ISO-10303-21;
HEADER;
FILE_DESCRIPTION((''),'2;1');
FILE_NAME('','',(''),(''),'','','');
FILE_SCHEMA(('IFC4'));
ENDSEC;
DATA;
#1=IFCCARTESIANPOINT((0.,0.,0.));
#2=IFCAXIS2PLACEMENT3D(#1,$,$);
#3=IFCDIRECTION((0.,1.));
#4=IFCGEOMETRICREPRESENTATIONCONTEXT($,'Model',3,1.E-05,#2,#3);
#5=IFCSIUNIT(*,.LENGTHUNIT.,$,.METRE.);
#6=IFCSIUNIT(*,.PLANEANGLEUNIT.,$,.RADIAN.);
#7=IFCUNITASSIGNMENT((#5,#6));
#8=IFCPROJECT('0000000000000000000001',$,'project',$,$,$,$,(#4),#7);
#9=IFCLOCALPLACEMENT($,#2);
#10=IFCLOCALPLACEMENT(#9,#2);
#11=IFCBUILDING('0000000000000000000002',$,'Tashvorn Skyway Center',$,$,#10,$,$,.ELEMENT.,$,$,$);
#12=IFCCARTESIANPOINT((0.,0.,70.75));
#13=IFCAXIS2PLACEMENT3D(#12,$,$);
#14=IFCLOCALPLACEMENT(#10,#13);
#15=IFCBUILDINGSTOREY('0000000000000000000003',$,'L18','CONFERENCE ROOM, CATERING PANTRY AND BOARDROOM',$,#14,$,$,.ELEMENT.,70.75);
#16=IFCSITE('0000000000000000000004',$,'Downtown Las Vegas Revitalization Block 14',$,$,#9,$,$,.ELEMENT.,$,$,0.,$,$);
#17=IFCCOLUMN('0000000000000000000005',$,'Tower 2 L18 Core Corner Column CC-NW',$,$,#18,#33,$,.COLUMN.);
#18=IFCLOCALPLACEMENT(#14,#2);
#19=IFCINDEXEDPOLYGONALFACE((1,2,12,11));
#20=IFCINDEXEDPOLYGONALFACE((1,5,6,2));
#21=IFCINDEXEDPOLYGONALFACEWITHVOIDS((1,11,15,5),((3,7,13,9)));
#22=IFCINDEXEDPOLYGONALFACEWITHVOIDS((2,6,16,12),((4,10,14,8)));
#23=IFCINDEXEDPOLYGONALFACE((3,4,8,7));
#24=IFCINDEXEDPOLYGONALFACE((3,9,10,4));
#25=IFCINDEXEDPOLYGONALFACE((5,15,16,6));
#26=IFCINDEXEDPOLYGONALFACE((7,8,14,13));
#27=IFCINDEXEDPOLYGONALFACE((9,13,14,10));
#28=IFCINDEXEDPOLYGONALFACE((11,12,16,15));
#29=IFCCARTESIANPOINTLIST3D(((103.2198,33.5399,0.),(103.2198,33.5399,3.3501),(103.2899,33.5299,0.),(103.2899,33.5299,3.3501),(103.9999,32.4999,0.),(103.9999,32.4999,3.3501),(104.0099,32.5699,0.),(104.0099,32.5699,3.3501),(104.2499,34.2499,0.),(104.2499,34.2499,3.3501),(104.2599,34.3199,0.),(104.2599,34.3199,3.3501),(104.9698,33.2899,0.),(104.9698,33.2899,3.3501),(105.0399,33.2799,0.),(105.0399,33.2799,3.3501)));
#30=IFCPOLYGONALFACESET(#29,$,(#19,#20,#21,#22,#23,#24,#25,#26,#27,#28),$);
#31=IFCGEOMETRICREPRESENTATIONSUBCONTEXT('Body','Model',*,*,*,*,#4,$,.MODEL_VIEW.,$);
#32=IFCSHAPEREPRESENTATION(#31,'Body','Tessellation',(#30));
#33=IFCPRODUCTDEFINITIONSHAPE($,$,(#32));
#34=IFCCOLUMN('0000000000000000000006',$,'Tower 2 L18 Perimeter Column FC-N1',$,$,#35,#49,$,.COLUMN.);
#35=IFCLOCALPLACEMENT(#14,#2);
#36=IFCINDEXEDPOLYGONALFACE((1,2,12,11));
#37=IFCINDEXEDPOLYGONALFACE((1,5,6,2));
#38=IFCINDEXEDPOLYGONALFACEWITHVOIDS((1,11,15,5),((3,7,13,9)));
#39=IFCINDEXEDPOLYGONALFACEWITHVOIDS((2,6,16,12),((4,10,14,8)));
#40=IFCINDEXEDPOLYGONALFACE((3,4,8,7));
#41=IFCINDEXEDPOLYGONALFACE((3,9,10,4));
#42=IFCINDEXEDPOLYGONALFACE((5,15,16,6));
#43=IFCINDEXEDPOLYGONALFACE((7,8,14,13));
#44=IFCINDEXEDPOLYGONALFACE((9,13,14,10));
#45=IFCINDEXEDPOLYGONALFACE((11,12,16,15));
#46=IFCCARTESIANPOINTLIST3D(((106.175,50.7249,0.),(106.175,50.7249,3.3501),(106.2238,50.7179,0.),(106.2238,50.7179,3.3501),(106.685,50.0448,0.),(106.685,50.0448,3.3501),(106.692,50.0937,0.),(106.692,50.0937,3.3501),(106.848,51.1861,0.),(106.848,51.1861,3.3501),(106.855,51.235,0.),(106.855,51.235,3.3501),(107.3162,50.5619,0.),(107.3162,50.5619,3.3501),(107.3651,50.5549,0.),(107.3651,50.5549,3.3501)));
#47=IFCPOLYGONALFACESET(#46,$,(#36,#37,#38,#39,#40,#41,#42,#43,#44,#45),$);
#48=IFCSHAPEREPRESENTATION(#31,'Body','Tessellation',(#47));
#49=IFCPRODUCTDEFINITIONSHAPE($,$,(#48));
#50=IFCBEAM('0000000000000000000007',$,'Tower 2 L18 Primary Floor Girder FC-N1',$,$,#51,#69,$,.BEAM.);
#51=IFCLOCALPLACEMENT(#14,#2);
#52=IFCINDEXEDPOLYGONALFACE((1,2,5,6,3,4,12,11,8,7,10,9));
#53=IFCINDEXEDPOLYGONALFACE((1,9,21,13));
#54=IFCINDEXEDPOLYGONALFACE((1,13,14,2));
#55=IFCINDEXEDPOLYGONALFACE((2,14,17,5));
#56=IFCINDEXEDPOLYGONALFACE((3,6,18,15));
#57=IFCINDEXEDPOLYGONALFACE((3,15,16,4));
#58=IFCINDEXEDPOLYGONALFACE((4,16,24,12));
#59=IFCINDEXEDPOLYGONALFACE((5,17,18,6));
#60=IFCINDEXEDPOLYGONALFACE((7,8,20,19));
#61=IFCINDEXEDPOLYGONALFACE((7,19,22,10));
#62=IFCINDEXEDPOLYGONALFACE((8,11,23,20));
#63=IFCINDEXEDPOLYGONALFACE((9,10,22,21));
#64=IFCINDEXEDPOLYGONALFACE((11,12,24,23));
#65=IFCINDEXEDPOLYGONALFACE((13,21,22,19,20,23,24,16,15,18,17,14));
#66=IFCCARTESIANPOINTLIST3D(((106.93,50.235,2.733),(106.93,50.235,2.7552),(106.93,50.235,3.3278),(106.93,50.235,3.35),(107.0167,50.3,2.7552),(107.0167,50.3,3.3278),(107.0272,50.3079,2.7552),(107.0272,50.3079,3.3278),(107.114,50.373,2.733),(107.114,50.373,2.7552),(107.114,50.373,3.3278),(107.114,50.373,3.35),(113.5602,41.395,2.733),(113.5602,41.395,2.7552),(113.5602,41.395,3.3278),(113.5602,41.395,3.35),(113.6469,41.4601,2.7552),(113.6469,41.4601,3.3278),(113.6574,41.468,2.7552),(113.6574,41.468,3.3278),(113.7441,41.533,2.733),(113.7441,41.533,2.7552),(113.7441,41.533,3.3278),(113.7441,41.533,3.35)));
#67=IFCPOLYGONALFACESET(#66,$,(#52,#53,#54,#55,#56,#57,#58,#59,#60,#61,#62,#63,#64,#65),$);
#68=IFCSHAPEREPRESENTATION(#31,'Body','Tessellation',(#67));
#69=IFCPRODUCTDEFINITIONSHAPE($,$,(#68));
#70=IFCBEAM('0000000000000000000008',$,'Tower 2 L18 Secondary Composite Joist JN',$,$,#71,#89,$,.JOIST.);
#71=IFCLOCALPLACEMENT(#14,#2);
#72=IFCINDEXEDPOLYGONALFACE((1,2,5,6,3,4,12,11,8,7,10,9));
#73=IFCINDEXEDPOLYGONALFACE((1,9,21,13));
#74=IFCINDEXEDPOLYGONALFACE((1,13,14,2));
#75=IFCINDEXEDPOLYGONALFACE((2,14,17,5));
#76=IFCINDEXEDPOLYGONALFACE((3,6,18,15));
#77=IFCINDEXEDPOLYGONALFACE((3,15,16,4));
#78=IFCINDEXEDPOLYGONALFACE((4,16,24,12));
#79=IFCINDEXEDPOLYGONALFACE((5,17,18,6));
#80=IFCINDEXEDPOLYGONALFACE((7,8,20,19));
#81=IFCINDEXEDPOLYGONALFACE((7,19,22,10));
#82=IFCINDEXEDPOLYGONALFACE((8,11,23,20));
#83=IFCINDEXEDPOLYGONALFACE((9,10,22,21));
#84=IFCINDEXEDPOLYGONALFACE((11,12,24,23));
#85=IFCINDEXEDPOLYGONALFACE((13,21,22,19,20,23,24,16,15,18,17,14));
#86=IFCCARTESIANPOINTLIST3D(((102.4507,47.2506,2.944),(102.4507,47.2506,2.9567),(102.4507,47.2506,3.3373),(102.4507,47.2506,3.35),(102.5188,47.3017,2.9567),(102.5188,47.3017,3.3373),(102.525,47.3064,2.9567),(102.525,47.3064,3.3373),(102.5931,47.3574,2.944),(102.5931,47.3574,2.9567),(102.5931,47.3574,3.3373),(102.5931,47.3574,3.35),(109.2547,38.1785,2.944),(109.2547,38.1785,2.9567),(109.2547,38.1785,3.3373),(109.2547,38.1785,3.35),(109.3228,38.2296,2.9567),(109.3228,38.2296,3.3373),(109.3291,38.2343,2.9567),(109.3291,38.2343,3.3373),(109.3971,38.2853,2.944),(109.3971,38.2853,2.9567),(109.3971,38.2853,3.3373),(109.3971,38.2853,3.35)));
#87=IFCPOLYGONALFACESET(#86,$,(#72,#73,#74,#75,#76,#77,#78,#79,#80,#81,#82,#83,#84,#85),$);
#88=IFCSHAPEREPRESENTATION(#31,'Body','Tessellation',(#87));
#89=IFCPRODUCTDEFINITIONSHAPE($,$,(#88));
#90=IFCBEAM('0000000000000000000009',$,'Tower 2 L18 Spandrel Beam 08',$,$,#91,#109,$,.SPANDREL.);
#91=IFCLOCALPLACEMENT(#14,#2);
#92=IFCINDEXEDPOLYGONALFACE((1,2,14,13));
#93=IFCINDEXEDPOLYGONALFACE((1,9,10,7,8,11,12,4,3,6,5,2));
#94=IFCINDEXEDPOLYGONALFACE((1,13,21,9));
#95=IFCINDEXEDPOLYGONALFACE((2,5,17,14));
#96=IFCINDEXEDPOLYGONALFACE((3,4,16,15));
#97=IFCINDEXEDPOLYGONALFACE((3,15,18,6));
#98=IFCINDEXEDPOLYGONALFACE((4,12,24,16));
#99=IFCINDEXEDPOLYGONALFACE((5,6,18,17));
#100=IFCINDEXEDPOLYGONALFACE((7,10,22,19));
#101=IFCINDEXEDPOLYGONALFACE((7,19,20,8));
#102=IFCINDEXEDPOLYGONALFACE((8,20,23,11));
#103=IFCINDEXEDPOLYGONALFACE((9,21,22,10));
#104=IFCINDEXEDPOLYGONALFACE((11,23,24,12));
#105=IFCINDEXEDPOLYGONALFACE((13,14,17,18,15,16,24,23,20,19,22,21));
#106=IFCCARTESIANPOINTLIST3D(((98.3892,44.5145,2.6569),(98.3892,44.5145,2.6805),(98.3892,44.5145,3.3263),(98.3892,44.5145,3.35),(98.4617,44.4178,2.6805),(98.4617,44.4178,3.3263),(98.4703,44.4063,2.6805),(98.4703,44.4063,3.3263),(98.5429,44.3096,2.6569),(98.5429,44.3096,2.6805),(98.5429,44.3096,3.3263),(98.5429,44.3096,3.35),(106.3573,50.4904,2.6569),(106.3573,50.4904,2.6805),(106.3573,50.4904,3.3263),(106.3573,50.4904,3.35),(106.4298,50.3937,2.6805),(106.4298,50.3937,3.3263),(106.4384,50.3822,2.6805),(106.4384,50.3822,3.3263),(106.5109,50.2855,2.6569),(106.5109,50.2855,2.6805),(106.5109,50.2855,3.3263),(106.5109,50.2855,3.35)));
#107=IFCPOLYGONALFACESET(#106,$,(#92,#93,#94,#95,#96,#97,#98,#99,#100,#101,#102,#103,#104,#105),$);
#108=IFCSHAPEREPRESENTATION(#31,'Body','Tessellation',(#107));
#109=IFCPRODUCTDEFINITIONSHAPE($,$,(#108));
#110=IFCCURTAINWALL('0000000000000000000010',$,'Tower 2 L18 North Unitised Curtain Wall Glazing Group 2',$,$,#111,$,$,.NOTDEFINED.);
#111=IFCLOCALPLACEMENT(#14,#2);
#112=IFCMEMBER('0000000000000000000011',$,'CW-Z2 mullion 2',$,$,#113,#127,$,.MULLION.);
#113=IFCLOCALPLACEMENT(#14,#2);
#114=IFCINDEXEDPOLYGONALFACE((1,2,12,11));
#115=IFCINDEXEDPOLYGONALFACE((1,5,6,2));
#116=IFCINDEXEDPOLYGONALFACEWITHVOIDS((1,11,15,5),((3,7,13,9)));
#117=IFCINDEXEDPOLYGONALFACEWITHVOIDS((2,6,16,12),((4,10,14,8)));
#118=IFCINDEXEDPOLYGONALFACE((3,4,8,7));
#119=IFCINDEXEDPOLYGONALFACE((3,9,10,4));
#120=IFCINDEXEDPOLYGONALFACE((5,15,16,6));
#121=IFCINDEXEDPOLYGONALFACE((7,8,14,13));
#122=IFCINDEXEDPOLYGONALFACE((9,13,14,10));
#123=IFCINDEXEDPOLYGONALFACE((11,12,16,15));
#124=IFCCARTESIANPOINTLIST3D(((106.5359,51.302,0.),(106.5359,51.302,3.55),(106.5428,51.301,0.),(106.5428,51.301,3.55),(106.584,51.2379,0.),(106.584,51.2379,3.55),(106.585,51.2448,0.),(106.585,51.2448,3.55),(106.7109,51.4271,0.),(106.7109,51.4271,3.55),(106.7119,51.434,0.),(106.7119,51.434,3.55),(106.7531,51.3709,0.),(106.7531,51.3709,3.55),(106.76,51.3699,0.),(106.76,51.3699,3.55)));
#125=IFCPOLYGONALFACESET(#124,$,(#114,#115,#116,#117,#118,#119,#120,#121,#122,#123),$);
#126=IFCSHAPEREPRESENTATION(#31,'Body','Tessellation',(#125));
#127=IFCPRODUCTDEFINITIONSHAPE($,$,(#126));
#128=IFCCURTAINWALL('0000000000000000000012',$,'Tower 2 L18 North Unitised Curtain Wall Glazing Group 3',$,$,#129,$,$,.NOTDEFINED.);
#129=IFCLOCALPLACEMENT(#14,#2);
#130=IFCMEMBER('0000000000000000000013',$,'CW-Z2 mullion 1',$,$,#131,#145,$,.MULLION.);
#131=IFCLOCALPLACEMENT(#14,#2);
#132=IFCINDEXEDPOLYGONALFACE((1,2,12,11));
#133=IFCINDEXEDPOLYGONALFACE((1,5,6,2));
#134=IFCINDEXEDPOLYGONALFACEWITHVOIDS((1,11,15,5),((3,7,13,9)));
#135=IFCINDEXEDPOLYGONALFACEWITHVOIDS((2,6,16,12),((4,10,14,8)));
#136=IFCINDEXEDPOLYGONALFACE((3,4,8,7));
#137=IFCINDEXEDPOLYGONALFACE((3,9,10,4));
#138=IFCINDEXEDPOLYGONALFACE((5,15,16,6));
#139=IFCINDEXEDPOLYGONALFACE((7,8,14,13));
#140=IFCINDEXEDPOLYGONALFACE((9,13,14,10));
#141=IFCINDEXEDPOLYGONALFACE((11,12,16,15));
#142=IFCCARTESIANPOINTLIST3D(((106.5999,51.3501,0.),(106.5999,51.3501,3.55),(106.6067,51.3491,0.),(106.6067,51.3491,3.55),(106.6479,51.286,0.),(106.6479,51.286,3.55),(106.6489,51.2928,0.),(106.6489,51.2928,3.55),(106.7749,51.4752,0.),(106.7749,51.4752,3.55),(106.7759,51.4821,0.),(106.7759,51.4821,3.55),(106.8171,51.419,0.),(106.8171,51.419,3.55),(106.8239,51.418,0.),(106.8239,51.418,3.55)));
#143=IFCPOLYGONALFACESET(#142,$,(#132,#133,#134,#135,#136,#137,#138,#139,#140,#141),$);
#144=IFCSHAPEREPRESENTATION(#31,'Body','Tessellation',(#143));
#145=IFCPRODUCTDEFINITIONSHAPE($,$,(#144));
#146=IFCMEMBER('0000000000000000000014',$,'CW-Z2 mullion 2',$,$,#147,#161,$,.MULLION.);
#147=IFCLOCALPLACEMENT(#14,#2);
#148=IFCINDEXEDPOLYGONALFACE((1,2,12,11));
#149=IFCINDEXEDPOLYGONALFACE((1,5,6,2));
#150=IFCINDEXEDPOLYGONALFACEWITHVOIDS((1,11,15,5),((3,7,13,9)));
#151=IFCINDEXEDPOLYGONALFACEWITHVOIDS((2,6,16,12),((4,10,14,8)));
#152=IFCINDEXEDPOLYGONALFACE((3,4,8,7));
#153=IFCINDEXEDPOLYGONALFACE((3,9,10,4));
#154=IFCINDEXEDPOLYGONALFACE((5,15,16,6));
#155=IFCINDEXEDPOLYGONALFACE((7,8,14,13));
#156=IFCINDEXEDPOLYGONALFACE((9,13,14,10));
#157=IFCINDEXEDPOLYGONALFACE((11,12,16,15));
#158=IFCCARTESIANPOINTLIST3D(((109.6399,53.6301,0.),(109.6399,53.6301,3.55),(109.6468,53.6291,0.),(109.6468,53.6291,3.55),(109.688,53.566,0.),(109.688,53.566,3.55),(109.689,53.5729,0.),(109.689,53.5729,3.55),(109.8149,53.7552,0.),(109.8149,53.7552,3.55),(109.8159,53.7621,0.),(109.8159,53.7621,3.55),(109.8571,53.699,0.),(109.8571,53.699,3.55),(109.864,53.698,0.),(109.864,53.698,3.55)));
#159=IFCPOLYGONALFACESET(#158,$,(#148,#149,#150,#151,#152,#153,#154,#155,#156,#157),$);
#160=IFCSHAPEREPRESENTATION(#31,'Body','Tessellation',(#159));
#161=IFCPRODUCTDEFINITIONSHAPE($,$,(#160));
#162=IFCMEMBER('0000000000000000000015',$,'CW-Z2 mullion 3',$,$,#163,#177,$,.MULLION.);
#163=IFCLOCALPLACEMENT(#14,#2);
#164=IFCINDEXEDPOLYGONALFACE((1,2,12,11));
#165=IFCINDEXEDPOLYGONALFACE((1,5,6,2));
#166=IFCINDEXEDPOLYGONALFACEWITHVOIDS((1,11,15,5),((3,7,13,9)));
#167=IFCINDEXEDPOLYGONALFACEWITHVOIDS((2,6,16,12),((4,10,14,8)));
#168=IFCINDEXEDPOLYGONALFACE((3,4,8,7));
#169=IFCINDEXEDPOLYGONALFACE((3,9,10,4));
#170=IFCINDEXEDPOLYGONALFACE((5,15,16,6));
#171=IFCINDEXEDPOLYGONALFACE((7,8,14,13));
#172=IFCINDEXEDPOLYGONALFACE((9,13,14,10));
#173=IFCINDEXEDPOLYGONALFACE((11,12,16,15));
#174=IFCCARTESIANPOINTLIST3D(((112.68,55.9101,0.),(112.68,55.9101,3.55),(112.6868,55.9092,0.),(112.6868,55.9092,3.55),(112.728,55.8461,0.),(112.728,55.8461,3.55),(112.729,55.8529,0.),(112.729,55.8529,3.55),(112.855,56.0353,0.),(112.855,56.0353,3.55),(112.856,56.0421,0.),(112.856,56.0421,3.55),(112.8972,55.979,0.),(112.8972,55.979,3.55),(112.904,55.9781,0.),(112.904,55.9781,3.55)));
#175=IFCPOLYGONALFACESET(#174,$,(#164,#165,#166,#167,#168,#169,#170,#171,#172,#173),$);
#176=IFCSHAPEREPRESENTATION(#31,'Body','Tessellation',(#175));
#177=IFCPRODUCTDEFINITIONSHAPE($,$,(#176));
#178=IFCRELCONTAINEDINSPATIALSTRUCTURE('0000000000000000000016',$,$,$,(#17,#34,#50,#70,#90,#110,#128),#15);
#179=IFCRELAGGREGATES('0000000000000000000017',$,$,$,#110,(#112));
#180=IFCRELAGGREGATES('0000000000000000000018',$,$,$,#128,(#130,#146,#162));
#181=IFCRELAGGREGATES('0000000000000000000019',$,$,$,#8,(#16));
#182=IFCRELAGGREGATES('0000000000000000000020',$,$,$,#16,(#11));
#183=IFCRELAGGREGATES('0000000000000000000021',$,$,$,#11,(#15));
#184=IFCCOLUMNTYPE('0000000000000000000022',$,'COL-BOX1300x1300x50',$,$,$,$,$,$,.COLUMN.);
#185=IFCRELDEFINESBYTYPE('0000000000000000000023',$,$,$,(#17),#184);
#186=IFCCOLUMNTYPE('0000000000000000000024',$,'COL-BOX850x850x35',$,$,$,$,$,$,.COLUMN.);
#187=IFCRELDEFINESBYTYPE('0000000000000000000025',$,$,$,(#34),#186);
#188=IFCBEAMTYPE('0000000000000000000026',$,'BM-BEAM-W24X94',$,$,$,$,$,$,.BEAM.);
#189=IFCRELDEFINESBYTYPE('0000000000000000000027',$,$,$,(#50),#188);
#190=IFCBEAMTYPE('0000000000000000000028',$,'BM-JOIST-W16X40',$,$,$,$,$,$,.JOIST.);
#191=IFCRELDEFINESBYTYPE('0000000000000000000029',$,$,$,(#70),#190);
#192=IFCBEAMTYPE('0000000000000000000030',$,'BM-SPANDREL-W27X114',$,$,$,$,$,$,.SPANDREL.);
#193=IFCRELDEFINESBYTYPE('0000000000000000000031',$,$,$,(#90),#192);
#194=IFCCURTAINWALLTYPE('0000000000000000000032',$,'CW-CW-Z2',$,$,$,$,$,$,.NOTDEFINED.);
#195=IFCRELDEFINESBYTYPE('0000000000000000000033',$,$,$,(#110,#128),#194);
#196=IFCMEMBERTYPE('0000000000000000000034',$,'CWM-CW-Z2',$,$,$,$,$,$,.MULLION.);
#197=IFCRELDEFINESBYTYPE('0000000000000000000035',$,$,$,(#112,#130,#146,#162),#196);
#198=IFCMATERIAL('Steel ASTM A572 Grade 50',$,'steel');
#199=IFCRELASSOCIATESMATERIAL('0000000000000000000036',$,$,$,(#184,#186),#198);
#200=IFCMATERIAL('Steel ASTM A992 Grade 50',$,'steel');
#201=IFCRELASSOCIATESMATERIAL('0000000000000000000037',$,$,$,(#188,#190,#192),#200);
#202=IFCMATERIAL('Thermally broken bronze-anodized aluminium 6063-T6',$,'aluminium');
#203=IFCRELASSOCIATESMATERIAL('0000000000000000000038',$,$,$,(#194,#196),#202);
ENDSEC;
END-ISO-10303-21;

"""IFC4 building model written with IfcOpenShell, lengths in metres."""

from ifc_helpers import new_model, si_unit, direction, frame, origin, origin_2d, place, context, subcontext, project, spatial, hollow_rectangle, i_section, extrude, material, material_profile, profile_set, type_object, element, aggregate, save


model = new_model("IFC4")

# Units and contexts
model_context = context("Model", 3, precision=1e-05, world=origin(), true_north=direction((0.0, 1.0)))
body_context = subcontext(model_context, "Body", "Model", "MODEL_VIEW")
ifc_project = project(units=[si_unit("LENGTHUNIT", "METRE"), si_unit("PLANEANGLEUNIT", "RADIAN")], contexts=[model_context])

# Site, building, storey
site_placement = place(None, origin())
site = spatial("IfcSite", under=ifc_project, at=site_placement, Name="Downtown Las Vegas Revitalization Block 14", CompositionType="ELEMENT", RefElevation=0.0)
building_placement = place(site_placement, origin())
building = spatial("IfcBuilding", under=site, at=building_placement, Name="Tashvorn Skyway Center", CompositionType="ELEMENT")
storey_placement = place(building_placement, frame((0.0, 0.0, 70.75)))
storey = spatial("IfcBuildingStorey", under=building, at=storey_placement, Name="L18", Description="CONFERENCE ROOM, CATERING PANTRY AND BOARDROOM", CompositionType="ELEMENT", Elevation=70.75)

# Columns
ifc_material_1 = material(Name="Steel ASTM A572 Grade 50", Category="steel")
ifc_material_profile_1 = material_profile(ifc_material_1, hollow_rectangle(XDim=1.3, YDim=1.3, WallThickness=0.05, at=origin_2d()), Name="BOX1300x1300x50")
ifc_profile_set_1 = profile_set([ifc_material_profile_1], Name="Steel ASTM A572 Grade 50")
column_type_1 = type_object("IfcColumnType", Name="COL-BOX1300x1300x50", PredefinedType="COLUMN", material=ifc_profile_set_1)
column_1_placement = place(storey_placement, frame((104.1299, 33.4099, 0.0), z_axis=(0.0, 0.0, 1.0), x_axis=(0.8, 0.6, 0.0)))
element("IfcColumn", 1, at=column_1_placement, inside=storey, type_object=column_type_1, Name="Tower 2 L18 Core Corner Column CC-NW", PredefinedType="COLUMN", context=body_context, shape_type="SweptSolid", body=[
    extrude(hollow_rectangle(XDim=1.3, YDim=1.3, WallThickness=0.05, at=origin_2d()), origin(), (0.0, 0.0, 1.0), 3.3501),
])
ifc_material_profile_2 = material_profile(ifc_material_1, hollow_rectangle(XDim=0.8501, YDim=0.8501, WallThickness=0.0349, at=origin_2d()), Name="BOX850x850x35")
ifc_profile_set_2 = profile_set([ifc_material_profile_2], Name="Steel ASTM A572 Grade 50")
column_type_2 = type_object("IfcColumnType", Name="COL-BOX850x850x35", PredefinedType="COLUMN", material=ifc_profile_set_2)
column_2_placement = place(storey_placement, frame((106.77, 50.6399, 0.0), z_axis=(0.0, 0.0, 1.0), x_axis=(0.8, 0.6, 0.0)))
element("IfcColumn", 2, at=column_2_placement, inside=storey, type_object=column_type_2, Name="Tower 2 L18 Perimeter Column FC-N1", PredefinedType="COLUMN", context=body_context, shape_type="SweptSolid", body=[
    extrude(hollow_rectangle(XDim=0.8501, YDim=0.8501, WallThickness=0.0349, at=origin_2d()), origin(), (0.0, 0.0, 1.0), 3.3501),
])

# Beams
ifc_material_2 = material(Name="Steel ASTM A992 Grade 50", Category="steel")
ifc_material_profile_3 = material_profile(ifc_material_2, i_section(OverallWidth=0.23, OverallDepth=0.6169, WebThickness=0.0132, FlangeThickness=0.0222, at=origin_2d()), Name="W24X94")
ifc_profile_set_3 = profile_set([ifc_material_profile_3], Name="Steel ASTM A992 Grade 50")
beam_type_1 = type_object("IfcBeamType", Name="BM-BEAM-W24X94", PredefinedType="BEAM", material=ifc_profile_set_3)
beam_1_placement = place(storey_placement, frame((107.022, 50.304, 3.0415), z_axis=(0.600014, -0.799989, 0.0), x_axis=(0.799989, 0.600014, 0.0)))
element("IfcBeam", 3, at=beam_1_placement, inside=storey, type_object=beam_type_1, Name="Tower 2 L18 Primary Floor Girder FC-N1", PredefinedType="BEAM", context=body_context, shape_type="SweptSolid", body=[
    extrude(i_section(OverallWidth=0.23, OverallDepth=0.6169, WebThickness=0.0132, FlangeThickness=0.0222, at=origin_2d()), origin(), (0.0, 0.0, 1.0), 11.05),
])
ifc_material_profile_4 = material_profile(ifc_material_2, i_section(OverallWidth=0.178, OverallDepth=0.406, WebThickness=0.0078, FlangeThickness=0.0127, at=origin_2d()), Name="W16X40")
ifc_profile_set_4 = profile_set([ifc_material_profile_4], Name="Steel ASTM A992 Grade 50")
beam_type_2 = type_object("IfcBeamType", Name="BM-JOIST-W16X40", PredefinedType="JOIST", material=ifc_profile_set_4)
beam_2_placement = place(storey_placement, frame((109.3259, 38.2319, 3.147), z_axis=(-0.599997, 0.800003, 0.0), x_axis=(-0.800003, -0.599997, 0.0)))
element("IfcBeam", 4, at=beam_2_placement, inside=storey, type_object=beam_type_2, Name="Tower 2 L18 Secondary Composite Joist JN", PredefinedType="JOIST", context=body_context, shape_type="SweptSolid", body=[
    extrude(i_section(OverallWidth=0.178, OverallDepth=0.406, WebThickness=0.0078, FlangeThickness=0.0127, at=origin_2d()), origin(), (0.0, 0.0, 1.0), 11.3401),
])
ifc_material_profile_5 = material_profile(ifc_material_2, i_section(OverallWidth=0.2561, OverallDepth=0.6931, WebThickness=0.0144, FlangeThickness=0.0237, at=origin_2d()), Name="W27X114")
ifc_profile_set_5 = profile_set([ifc_material_profile_5], Name="Steel ASTM A992 Grade 50")
beam_type_3 = type_object("IfcBeamType", Name="BM-SPANDREL-W27X114", PredefinedType="SPANDREL", material=ifc_profile_set_5)
beam_3_placement = place(storey_placement, frame((106.4341, 50.3879, 3.0034), z_axis=(-0.800009, -0.599988, 0.0), x_axis=(0.599988, -0.800009, 0.0)))
element("IfcBeam", 5, at=beam_3_placement, inside=storey, type_object=beam_type_3, Name="Tower 2 L18 Spandrel Beam 08", PredefinedType="SPANDREL", context=body_context, shape_type="SweptSolid", body=[
    extrude(i_section(OverallWidth=0.2561, OverallDepth=0.6931, WebThickness=0.0144, FlangeThickness=0.0237, at=origin_2d()), origin(), (0.0, 0.0, 1.0), 9.96),
])

# Curtain wall, member
ifc_material_3 = material(Name="Thermally broken bronze-anodized aluminium 6063-T6", Category="aluminium")
curtain_wall_type = type_object("IfcCurtainWallType", Name="CW-CW-Z2", PredefinedType="NOTDEFINED", material=ifc_material_3)
curtain_wall_1_placement = place(storey_placement, origin())
curtain_wall_1 = element("IfcCurtainWall", 6, at=curtain_wall_1_placement, inside=storey, type_object=curtain_wall_type, Name="Tower 2 L18 North Unitised Curtain Wall Glazing Group 2", PredefinedType="NOTDEFINED")
ifc_material_profile_6 = material_profile(ifc_material_3, hollow_rectangle(XDim=0.0801, YDim=0.22, WallThickness=0.0049, at=origin_2d()), Name="ALU-MULL-80x220")
ifc_profile_set_6 = profile_set([ifc_material_profile_6], Name="Thermally broken bronze-anodized aluminium 6063-T6")
member_type_1 = type_object("IfcMemberType", Name="CWM-CW-Z2", PredefinedType="MULLION", material=ifc_profile_set_6)
member_1_placement = place(storey_placement, frame((106.6479, 51.3359, 0.0), z_axis=(0.0, 0.0, 1.0), x_axis=(-0.6, 0.8, 0.0)))
member_1 = element("IfcMember", 7, at=member_1_placement, type_object=member_type_1, Name="CW-Z2 mullion 2", PredefinedType="MULLION", context=body_context, shape_type="SweptSolid", body=[
    extrude(hollow_rectangle(XDim=0.0801, YDim=0.22, WallThickness=0.0049, at=origin_2d()), origin(), (0.0, 0.0, 1.0), 3.55),
])
aggregate(curtain_wall_1, [member_1])

# Curtain wall, members
curtain_wall_2_placement = place(storey_placement, origin())
curtain_wall_2 = element("IfcCurtainWall", 8, at=curtain_wall_2_placement, inside=storey, type_object=curtain_wall_type, Name="Tower 2 L18 North Unitised Curtain Wall Glazing Group 3", PredefinedType="NOTDEFINED")
member_2_placement = place(storey_placement, frame((106.7119, 51.384, 0.0), z_axis=(0.0, 0.0, 1.0), x_axis=(-0.6, 0.8, 0.0)))
member_2 = element("IfcMember", 9, at=member_2_placement, type_object=member_type_1, Name="CW-Z2 mullion 1", PredefinedType="MULLION", context=body_context, shape_type="SweptSolid", body=[
    extrude(hollow_rectangle(XDim=0.0801, YDim=0.22, WallThickness=0.0049, at=origin_2d()), origin(), (0.0, 0.0, 1.0), 3.55),
])
member_3_placement = place(storey_placement, frame((109.752, 53.6641, 0.0), z_axis=(0.0, 0.0, 1.0), x_axis=(-0.6, 0.8, 0.0)))
member_3 = element("IfcMember", 10, at=member_3_placement, type_object=member_type_1, Name="CW-Z2 mullion 2", PredefinedType="MULLION", context=body_context, shape_type="SweptSolid", body=[
    extrude(hollow_rectangle(XDim=0.0801, YDim=0.22, WallThickness=0.0049, at=origin_2d()), origin(), (0.0, 0.0, 1.0), 3.55),
])
member_4_placement = place(storey_placement, frame((112.792, 55.9441, 0.0), z_axis=(0.0, 0.0, 1.0), x_axis=(-0.6, 0.8, 0.0)))
member_4 = element("IfcMember", 11, at=member_4_placement, type_object=member_type_1, Name="CW-Z2 mullion 3", PredefinedType="MULLION", context=body_context, shape_type="SweptSolid", body=[
    extrude(hollow_rectangle(XDim=0.0801, YDim=0.22, WallThickness=0.0049, at=origin_2d()), origin(), (0.0, 0.0, 1.0), 3.55),
])
aggregate(curtain_wall_2, [member_2, member_3, member_4])

save(model, "model.ifc")
